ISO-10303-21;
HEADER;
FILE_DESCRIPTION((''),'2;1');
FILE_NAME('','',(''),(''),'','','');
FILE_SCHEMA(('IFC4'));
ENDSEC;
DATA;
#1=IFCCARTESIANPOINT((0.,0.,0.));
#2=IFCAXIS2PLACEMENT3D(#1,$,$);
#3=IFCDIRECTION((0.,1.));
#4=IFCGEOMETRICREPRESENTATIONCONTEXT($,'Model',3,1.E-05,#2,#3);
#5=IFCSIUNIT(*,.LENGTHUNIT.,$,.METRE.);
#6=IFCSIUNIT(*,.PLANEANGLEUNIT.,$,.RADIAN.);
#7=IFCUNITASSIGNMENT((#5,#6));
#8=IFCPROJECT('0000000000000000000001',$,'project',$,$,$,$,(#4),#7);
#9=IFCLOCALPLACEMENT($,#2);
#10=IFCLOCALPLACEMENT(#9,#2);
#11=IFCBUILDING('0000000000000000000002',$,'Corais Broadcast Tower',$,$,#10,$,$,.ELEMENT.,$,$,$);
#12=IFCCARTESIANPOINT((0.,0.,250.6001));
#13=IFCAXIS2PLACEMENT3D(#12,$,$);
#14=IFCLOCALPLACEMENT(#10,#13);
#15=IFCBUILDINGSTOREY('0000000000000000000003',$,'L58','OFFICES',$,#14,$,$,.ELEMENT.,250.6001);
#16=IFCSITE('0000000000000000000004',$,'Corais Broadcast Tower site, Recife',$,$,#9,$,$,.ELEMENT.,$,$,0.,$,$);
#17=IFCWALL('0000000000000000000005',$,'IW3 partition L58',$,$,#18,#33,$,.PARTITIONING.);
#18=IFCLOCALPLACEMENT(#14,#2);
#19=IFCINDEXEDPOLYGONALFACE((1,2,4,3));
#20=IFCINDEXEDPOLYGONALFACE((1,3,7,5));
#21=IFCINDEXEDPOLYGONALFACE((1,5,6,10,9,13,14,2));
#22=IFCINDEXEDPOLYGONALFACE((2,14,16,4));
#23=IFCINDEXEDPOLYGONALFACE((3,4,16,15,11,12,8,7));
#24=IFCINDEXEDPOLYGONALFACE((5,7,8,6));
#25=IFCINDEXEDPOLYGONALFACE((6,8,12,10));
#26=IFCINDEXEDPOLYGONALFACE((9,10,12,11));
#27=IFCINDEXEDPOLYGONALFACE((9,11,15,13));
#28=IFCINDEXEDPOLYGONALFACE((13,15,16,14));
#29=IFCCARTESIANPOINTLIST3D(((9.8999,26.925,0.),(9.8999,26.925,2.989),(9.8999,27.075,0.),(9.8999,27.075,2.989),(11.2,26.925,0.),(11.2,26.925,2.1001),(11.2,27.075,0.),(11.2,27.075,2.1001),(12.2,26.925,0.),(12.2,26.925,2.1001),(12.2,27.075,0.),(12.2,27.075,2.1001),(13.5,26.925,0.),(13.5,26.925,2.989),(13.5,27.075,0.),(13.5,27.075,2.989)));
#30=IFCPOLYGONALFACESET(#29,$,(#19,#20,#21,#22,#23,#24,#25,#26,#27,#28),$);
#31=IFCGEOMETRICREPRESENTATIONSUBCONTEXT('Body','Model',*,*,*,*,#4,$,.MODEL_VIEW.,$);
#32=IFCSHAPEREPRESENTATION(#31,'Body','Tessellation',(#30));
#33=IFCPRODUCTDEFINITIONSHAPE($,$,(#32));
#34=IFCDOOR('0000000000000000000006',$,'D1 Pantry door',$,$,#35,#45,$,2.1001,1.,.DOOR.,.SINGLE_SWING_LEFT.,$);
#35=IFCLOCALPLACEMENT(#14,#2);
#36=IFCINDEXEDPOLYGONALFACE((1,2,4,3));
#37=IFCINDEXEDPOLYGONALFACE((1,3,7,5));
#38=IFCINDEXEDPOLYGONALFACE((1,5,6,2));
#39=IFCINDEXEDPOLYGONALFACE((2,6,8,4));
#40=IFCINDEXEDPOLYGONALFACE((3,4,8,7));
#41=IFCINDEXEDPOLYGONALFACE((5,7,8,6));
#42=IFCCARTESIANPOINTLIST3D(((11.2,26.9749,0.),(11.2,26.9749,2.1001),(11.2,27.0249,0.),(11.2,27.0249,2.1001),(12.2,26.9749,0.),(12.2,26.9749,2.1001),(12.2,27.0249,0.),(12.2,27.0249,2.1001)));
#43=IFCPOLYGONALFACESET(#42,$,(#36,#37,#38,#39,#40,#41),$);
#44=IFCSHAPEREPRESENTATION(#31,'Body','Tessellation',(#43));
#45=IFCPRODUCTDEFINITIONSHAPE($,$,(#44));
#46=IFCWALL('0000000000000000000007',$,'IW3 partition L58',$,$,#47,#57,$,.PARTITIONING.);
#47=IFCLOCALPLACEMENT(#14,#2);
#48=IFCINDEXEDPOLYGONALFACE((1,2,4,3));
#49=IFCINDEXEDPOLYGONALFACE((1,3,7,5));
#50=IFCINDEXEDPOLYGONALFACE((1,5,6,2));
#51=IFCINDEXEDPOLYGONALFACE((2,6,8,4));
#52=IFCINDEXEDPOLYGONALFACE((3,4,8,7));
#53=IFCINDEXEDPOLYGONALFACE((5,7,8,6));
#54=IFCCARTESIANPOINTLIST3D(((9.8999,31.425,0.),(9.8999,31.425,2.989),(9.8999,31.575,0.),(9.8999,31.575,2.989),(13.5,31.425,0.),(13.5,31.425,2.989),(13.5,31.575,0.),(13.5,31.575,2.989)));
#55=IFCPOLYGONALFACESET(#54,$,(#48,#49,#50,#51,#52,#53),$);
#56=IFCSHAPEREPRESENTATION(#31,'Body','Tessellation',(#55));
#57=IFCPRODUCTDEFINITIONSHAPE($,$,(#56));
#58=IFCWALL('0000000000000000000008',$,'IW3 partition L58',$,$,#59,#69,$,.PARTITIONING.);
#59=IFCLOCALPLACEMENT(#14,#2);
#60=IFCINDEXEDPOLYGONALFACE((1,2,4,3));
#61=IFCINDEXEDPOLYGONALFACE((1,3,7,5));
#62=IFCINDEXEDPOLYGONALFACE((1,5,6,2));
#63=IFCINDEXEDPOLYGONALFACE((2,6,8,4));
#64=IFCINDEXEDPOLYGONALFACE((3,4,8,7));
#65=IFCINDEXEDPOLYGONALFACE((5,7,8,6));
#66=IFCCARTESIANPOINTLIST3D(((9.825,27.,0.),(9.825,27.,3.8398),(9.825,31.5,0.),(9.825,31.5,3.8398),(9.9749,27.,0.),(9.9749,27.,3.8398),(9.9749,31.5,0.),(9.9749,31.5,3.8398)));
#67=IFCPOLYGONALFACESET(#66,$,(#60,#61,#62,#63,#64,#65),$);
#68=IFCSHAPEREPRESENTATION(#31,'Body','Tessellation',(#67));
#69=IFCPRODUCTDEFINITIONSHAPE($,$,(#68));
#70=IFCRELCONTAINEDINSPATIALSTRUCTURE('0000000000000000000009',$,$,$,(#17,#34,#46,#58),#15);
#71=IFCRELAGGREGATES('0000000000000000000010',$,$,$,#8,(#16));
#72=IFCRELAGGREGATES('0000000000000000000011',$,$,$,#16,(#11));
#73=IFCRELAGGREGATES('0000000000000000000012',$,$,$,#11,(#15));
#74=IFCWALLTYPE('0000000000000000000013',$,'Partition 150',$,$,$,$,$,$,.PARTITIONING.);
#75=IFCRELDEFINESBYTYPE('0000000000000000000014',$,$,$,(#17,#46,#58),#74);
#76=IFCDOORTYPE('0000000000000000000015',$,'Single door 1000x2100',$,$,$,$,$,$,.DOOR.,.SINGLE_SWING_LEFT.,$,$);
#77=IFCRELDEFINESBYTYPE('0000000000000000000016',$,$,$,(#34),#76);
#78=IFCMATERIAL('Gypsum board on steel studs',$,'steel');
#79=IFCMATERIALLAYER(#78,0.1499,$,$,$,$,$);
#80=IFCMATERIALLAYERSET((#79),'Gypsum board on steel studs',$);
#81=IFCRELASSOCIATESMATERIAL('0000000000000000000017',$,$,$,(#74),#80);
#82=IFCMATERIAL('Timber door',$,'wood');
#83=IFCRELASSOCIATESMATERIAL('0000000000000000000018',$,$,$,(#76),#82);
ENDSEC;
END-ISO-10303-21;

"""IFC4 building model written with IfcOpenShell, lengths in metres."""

from ifc_helpers import new_model, si_unit, direction, frame, frame_2d, origin, place, context, subcontext, project, spatial, rectangle, extrude, material, layer, layer_set, type_object, element, fill, save


model = new_model("IFC4")

# Units and contexts
model_context = context("Model", 3, precision=1e-05, world=origin(), true_north=direction((0.0, 1.0)))
body_context = subcontext(model_context, "Body", "Model", "MODEL_VIEW")
ifc_project = project(units=[si_unit("LENGTHUNIT", "METRE"), si_unit("PLANEANGLEUNIT", "RADIAN")], contexts=[model_context])

# Site, building, storey
site_placement = place(None, origin())
site = spatial("IfcSite", under=ifc_project, at=site_placement, Name="Corais Broadcast Tower site, Recife", CompositionType="ELEMENT", RefElevation=0.0)
building_placement = place(site_placement, origin())
building = spatial("IfcBuilding", under=site, at=building_placement, Name="Corais Broadcast Tower", CompositionType="ELEMENT")
storey_placement = place(building_placement, frame((0.0, 0.0, 250.6001)))
storey = spatial("IfcBuildingStorey", under=building, at=storey_placement, Name="L58", Description="OFFICES", CompositionType="ELEMENT", Elevation=250.6001)

# Shared definitions
ifc_material_1 = material(Name="Gypsum board on steel studs", Category="steel")
ifc_layer_1 = layer(ifc_material_1, 0.1499)
ifc_layer_set_1 = layer_set([ifc_layer_1], Name="Gypsum board on steel studs")
wall_type_1 = type_object("IfcWallType", Name="Partition 150", PredefinedType="PARTITIONING", material=ifc_layer_set_1)

# Wall, opening, door
wall_1_placement = place(storey_placement, frame((9.8999, 27.0, 0.0), z_axis=(0.0, 0.0, 1.0), x_axis=(1.0, 0.0, 0.0)))
wall_1 = element("IfcWall", 1, at=wall_1_placement, inside=storey, type_object=wall_type_1, Name="IW3 partition L58", PredefinedType="PARTITIONING", context=body_context, shape_type="SweptSolid", body=[
    extrude(rectangle(XDim=3.6001, YDim=0.1499, at=frame_2d((1.8, 0.0))), origin(), (0.0, 0.0, 1.0), 2.989),
])
opening_1_placement = place(wall_1_placement, frame((1.3, 0.0, 0.0)))
opening_1 = element("IfcOpeningElement", 2, at=opening_1_placement, cuts=wall_1, PredefinedType="OPENING", context=body_context, shape_type="SweptSolid", body=[
    extrude(rectangle(XDim=1.0, YDim=2.1001, at=frame_2d((0.5, 1.05))), frame((0.0, 0.085, 0.0), z_axis=(0.0, -1.0, 0.0), x_axis=(1.0, 0.0, 0.0)), (0.0, 0.0, 1.0), 0.1699),
])
ifc_material_2 = material(Name="Timber door", Category="wood")
door_type_1 = type_object("IfcDoorType", Name="Single door 1000x2100", OperationType="SINGLE_SWING_LEFT", PredefinedType="DOOR", material=ifc_material_2)
door_1_placement = place(opening_1_placement, origin())
door_1 = element("IfcDoor", 3, at=door_1_placement, inside=storey, type_object=door_type_1, Name="D1 Pantry door", OperationType="SINGLE_SWING_LEFT", OverallHeight=2.1001, OverallWidth=1.0, PredefinedType="DOOR", context=body_context, shape_type="SweptSolid", body=[
    extrude(rectangle(XDim=1.0, YDim=2.1001, at=frame_2d((0.5, 1.05))), frame((0.0, 0.0249, 0.0), z_axis=(0.0, -1.0, 0.0), x_axis=(1.0, 0.0, 0.0)), (0.0, 0.0, 1.0), 0.05),
])
fill(opening_1, door_1)

# Walls
wall_2_placement = place(storey_placement, frame((13.5, 31.5, 0.0), z_axis=(0.0, 0.0, 1.0), x_axis=(-1.0, 0.0, 0.0)))
element("IfcWall", 4, at=wall_2_placement, inside=storey, type_object=wall_type_1, Name="IW3 partition L58", PredefinedType="PARTITIONING", context=body_context, shape_type="SweptSolid", body=[
    extrude(rectangle(XDim=3.6001, YDim=0.1499, at=frame_2d((1.8, 0.0))), origin(), (0.0, 0.0, 1.0), 2.989),
])
wall_3_placement = place(storey_placement, frame((9.8999, 31.5, 0.0), z_axis=(0.0, 0.0, 1.0), x_axis=(0.0, -1.0, 0.0)))
element("IfcWall", 5, at=wall_3_placement, inside=storey, type_object=wall_type_1, Name="IW3 partition L58", PredefinedType="PARTITIONING", context=body_context, shape_type="SweptSolid", body=[
    extrude(rectangle(XDim=4.5, YDim=0.1499, at=frame_2d((2.25, 0.0))), origin(), (0.0, 0.0, 1.0), 3.8398),
])

save(model, "model.ifc")
